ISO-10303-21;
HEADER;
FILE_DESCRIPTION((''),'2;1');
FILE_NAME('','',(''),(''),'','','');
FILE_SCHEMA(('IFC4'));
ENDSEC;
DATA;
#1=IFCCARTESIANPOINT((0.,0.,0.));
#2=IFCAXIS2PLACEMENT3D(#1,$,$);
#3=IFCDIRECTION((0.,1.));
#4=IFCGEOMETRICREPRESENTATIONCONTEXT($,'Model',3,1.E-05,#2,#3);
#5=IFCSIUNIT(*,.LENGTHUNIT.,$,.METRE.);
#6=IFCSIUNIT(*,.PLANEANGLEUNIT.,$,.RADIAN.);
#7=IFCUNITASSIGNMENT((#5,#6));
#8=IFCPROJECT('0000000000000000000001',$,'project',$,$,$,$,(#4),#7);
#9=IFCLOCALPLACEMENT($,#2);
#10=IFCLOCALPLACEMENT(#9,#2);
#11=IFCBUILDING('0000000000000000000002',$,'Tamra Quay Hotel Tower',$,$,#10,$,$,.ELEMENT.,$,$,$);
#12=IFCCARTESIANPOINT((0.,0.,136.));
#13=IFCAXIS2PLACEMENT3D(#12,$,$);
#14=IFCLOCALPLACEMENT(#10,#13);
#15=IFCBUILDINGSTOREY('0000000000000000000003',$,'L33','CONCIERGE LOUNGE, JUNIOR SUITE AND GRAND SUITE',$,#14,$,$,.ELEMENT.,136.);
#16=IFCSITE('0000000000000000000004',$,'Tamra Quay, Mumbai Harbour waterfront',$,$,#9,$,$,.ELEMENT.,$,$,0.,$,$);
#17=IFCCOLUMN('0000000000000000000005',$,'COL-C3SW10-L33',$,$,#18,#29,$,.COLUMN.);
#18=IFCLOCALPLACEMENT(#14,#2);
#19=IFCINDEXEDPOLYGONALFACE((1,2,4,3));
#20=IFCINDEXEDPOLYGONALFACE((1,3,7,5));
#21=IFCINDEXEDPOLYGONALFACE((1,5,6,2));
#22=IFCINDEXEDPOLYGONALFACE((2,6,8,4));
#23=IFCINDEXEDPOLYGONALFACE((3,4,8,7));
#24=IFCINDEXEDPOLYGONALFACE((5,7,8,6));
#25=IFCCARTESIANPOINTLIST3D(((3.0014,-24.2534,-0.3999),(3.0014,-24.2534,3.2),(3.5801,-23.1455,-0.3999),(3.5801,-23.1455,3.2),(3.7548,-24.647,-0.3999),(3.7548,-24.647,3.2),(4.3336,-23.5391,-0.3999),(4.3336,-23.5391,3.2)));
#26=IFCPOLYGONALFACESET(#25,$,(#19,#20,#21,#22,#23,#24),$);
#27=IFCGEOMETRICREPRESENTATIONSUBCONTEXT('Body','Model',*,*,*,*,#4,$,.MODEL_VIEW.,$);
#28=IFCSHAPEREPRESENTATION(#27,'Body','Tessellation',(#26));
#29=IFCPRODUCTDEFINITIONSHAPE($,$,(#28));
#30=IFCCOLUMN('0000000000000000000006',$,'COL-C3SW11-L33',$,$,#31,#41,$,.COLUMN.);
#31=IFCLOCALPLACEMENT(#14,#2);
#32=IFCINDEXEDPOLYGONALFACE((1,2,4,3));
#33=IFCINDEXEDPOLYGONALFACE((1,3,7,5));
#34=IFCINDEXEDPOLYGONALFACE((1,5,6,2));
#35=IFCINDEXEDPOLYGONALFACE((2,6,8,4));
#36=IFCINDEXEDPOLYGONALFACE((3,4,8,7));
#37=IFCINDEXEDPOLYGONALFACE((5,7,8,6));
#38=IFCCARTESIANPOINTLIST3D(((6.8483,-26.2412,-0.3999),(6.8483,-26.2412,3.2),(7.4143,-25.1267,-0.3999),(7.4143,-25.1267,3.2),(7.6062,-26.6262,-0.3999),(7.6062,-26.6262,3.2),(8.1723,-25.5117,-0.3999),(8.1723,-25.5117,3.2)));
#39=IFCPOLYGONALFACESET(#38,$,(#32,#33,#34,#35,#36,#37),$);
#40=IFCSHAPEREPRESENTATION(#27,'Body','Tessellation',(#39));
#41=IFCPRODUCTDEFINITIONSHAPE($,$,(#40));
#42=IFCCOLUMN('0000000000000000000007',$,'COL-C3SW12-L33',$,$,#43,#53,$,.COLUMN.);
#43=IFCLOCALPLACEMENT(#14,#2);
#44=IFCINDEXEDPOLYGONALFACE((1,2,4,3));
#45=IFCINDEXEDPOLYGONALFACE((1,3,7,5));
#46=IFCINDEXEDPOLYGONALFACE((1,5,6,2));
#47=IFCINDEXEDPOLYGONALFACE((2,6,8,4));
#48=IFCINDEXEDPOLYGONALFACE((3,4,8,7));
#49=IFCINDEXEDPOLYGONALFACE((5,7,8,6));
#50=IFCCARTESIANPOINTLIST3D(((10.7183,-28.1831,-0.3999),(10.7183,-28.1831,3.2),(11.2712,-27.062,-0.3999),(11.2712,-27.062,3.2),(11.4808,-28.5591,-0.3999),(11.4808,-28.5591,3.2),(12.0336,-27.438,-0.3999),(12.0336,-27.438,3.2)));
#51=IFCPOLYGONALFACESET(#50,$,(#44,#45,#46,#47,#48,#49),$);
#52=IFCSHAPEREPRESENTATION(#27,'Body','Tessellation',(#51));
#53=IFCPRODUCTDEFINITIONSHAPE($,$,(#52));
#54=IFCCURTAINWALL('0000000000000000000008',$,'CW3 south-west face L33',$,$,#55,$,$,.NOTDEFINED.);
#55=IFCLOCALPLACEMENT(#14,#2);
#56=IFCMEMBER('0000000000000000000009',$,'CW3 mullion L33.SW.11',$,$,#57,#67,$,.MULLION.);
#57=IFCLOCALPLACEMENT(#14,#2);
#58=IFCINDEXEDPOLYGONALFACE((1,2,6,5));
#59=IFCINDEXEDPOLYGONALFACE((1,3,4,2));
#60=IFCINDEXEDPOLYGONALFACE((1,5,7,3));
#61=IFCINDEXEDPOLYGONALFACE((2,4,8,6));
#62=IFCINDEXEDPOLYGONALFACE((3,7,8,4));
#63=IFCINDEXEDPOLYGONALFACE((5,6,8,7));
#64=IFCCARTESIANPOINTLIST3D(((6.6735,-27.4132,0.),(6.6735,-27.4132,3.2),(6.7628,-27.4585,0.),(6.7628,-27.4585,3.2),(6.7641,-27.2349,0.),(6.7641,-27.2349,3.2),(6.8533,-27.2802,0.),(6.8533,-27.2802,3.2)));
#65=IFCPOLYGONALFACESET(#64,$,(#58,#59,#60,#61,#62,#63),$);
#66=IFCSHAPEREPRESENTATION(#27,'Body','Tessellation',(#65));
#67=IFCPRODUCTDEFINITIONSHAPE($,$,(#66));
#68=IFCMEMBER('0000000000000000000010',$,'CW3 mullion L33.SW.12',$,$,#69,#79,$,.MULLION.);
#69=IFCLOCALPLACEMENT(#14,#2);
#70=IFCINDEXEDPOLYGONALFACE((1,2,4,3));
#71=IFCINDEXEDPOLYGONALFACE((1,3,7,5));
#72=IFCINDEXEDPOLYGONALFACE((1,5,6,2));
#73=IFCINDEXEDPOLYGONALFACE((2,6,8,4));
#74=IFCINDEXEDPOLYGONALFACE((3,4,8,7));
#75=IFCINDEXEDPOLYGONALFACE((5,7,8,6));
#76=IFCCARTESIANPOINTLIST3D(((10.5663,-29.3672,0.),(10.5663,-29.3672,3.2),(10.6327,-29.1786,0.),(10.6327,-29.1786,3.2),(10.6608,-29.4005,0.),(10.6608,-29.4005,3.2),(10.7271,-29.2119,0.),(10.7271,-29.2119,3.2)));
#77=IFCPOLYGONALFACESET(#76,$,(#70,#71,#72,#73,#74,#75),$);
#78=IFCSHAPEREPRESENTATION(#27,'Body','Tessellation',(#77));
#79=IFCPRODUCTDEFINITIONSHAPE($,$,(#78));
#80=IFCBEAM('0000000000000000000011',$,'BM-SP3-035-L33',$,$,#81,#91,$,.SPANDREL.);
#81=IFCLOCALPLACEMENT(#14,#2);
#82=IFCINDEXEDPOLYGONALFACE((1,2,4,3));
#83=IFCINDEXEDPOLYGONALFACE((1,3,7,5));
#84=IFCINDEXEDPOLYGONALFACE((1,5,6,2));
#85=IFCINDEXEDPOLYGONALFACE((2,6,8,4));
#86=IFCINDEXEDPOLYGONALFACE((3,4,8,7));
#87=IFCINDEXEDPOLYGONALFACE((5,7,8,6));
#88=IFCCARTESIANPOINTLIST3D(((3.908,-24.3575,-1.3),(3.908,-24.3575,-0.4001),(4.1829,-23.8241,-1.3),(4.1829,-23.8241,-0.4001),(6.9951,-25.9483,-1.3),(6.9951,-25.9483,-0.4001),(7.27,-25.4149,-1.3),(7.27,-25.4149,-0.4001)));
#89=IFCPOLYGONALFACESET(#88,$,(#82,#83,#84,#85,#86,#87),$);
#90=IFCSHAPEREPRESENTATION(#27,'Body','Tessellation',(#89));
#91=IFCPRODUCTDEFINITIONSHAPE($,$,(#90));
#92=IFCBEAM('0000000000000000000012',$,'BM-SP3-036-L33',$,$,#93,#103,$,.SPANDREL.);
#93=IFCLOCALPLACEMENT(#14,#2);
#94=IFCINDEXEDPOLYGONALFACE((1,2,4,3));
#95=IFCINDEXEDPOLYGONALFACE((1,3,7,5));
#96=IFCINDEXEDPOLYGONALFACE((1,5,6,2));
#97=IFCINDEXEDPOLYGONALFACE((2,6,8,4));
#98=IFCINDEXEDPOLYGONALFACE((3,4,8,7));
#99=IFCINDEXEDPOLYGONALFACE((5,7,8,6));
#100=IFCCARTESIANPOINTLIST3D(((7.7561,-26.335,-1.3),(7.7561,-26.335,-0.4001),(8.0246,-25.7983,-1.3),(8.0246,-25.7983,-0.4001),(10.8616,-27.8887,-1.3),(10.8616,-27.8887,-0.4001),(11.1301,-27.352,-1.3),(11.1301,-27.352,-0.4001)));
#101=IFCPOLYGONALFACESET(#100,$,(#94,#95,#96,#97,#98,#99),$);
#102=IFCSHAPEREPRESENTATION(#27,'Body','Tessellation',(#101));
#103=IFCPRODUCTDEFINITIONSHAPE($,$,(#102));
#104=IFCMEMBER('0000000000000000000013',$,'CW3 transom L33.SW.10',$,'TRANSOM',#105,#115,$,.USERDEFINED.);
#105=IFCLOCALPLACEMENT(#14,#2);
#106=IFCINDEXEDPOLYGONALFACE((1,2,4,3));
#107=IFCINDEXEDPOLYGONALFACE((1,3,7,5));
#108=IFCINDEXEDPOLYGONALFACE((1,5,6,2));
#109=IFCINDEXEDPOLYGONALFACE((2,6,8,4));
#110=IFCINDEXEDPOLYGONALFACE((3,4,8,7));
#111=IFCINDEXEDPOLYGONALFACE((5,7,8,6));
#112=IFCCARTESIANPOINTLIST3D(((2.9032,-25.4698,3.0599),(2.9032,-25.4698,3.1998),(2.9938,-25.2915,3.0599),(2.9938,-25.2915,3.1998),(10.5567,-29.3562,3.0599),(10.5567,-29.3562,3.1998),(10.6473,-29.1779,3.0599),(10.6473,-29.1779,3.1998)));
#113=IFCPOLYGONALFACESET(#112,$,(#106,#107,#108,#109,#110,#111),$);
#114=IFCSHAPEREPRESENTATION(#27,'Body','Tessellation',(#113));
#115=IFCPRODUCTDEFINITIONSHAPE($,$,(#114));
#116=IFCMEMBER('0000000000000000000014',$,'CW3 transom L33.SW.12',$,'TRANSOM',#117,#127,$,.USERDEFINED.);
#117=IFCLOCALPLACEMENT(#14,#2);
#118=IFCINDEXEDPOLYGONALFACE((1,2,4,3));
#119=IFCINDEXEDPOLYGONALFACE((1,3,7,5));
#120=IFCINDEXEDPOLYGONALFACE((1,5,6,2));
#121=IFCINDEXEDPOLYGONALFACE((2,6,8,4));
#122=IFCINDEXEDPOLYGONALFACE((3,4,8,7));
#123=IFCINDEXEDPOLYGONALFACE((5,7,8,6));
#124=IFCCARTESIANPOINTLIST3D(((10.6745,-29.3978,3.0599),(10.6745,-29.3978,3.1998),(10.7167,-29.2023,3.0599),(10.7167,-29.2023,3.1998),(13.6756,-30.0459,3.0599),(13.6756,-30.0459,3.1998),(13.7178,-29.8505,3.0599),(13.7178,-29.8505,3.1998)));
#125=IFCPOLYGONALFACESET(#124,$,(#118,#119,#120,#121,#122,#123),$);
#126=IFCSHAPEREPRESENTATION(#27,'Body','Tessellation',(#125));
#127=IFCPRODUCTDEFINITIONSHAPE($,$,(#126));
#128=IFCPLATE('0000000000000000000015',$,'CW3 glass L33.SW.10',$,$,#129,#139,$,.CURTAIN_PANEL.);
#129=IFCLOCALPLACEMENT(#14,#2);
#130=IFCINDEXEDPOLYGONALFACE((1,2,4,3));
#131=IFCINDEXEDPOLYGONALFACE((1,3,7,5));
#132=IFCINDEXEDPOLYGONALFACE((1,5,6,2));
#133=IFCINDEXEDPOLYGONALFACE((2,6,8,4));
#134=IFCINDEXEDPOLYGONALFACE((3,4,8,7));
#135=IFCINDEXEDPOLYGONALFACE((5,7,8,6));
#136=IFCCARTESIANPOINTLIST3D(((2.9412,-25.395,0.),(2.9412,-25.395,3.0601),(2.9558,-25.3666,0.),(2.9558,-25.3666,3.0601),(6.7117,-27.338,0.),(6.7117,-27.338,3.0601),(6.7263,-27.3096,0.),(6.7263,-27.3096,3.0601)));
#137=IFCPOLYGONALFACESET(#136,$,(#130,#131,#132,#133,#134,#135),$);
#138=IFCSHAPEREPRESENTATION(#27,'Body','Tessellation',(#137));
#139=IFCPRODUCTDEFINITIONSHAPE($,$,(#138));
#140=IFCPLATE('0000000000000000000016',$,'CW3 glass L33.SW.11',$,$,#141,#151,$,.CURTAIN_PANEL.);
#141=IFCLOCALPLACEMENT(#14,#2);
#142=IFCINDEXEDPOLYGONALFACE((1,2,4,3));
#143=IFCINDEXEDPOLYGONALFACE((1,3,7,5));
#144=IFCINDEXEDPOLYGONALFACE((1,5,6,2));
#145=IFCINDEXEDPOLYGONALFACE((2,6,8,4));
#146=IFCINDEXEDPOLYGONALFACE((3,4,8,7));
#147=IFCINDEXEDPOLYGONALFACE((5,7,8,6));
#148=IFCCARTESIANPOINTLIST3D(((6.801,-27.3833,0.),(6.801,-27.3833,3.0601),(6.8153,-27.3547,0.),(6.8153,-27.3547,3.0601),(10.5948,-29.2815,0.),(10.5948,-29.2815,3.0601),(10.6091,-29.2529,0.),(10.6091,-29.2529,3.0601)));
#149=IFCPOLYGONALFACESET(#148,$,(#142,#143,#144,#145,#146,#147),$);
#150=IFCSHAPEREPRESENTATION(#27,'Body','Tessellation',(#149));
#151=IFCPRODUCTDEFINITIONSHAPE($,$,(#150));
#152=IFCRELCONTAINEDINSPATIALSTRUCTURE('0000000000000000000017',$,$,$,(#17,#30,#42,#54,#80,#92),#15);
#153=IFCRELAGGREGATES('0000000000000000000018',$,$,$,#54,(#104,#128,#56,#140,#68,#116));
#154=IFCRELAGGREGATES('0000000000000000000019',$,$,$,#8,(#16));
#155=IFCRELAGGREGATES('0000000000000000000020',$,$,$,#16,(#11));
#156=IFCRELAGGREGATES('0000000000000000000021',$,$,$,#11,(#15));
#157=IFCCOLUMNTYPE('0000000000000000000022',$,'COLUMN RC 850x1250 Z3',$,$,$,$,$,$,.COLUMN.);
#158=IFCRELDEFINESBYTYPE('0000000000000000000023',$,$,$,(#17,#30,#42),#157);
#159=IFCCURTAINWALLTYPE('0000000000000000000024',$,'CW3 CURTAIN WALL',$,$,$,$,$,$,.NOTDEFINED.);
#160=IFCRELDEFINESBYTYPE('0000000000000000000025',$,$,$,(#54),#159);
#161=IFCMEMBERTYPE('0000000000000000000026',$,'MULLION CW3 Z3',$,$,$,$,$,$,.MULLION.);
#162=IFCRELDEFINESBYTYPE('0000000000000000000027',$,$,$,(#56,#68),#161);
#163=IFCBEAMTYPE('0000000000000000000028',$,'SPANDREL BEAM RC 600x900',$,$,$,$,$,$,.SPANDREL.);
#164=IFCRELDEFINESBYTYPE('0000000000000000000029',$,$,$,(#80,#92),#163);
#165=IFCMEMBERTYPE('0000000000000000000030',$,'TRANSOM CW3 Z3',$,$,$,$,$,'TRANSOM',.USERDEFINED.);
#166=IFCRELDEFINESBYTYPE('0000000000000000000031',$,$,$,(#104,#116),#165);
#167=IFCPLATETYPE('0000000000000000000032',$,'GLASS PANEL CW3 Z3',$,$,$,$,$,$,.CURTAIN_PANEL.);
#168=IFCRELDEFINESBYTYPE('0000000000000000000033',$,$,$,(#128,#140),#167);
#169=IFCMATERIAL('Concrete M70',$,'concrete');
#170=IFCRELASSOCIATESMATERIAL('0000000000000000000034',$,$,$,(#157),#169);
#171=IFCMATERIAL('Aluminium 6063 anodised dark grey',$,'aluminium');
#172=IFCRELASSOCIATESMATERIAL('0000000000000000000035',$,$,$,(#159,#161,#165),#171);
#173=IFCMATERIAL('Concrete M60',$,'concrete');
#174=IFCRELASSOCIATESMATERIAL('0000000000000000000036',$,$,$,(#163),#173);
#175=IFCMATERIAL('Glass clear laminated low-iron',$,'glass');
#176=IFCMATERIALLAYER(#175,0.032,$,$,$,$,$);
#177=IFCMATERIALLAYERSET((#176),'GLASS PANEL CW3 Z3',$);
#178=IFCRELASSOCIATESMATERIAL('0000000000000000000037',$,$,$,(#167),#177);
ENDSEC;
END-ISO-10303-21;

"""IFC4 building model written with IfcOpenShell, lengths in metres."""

from ifc_helpers import new_model, si_unit, direction, frame, origin, origin_2d, place, context, subcontext, project, spatial, rectangle, extrude, material, layer, layer_set, material_profile, profile_set, type_object, element, aggregate, save


model = new_model("IFC4")

# Units and contexts
model_context = context("Model", 3, precision=1e-05, world=origin(), true_north=direction((0.0, 1.0)))
body_context = subcontext(model_context, "Body", "Model", "MODEL_VIEW")
ifc_project = project(units=[si_unit("LENGTHUNIT", "METRE"), si_unit("PLANEANGLEUNIT", "RADIAN")], contexts=[model_context])

# Site, building, storey
site_placement = place(None, origin())
site = spatial("IfcSite", under=ifc_project, at=site_placement, Name="Tamra Quay, Mumbai Harbour waterfront", CompositionType="ELEMENT", RefElevation=0.0)
building_placement = place(site_placement, origin())
building = spatial("IfcBuilding", under=site, at=building_placement, Name="Tamra Quay Hotel Tower", CompositionType="ELEMENT")
storey_placement = place(building_placement, frame((0.0, 0.0, 136.0)))
storey = spatial("IfcBuildingStorey", under=building, at=storey_placement, Name="L33", Description="CONCIERGE LOUNGE, JUNIOR SUITE AND GRAND SUITE", CompositionType="ELEMENT", Elevation=136.0)

# Columns
ifc_material_1 = material(Name="Concrete M70", Category="concrete")
ifc_material_profile_1 = material_profile(ifc_material_1, rectangle(XDim=1.25, YDim=0.8501, at=origin_2d()), Name="COLUMN RC 850x1250 Z3")
ifc_profile_set_1 = profile_set([ifc_material_profile_1], Name="Concrete M70")
column_type = type_object("IfcColumnType", Name="COLUMN RC 850x1250 Z3", PredefinedType="COLUMN", material=ifc_profile_set_1)
for number, where, z_axis, x_axis, name in (
    (1, (3.6675, -23.8962, -0.3999), (0.0, 0.0, 1.0), (0.463007, 0.886355, 0.0), "COL-C3SW10-L33"),
    (2, (7.5103, -25.8765, -0.3999), (0.0, 0.0, 1.0), (0.45286, 0.891582, 0.0), "COL-C3SW11-L33"),
    (3, (11.376, -27.8105, -0.3999), (0.0, 0.0, 1.0), (0.442275, 0.89688, 0.0), "COL-C3SW12-L33"),
):
    element("IfcColumn", number, at=place(storey_placement, frame(where, z_axis=z_axis, x_axis=x_axis)), inside=storey, type_object=column_type, Name=name, PredefinedType="COLUMN", context=body_context, shape_type="SweptSolid", body=[
        extrude(rectangle(XDim=1.25, YDim=0.8501, at=origin_2d()), origin(), (0.0, 0.0, 1.0), 3.5999),
    ])

# Curtain wall, members
ifc_material_2 = material(Name="Aluminium 6063 anodised dark grey", Category="aluminium")
curtain_wall_type = type_object("IfcCurtainWallType", Name="CW3 CURTAIN WALL", PredefinedType="NOTDEFINED", material=ifc_material_2)
curtain_wall_placement = place(storey_placement, origin())
curtain_wall = element("IfcCurtainWall", 4, at=curtain_wall_placement, inside=storey, type_object=curtain_wall_type, Name="CW3 south-west face L33", PredefinedType="NOTDEFINED")
ifc_material_profile_2 = material_profile(ifc_material_2, rectangle(XDim=0.2, YDim=0.1001, at=origin_2d()), Name="MULLION 100X200")
ifc_profile_set_2 = profile_set([ifc_material_profile_2], Name="Aluminium 6063 anodised dark grey")
member_type_1 = type_object("IfcMemberType", Name="MULLION CW3 Z3", PredefinedType="MULLION", material=ifc_profile_set_2)
member_1_placement = place(storey_placement, frame((6.7634, -27.3467, 0.0), z_axis=(0.0, 0.0, 1.0), x_axis=(-0.452777, -0.891624, 0.0)))
member_1 = element("IfcMember", 5, at=member_1_placement, type_object=member_type_1, Name="CW3 mullion L33.SW.11", PredefinedType="MULLION", context=body_context, shape_type="SweptSolid", body=[
    extrude(rectangle(XDim=0.2, YDim=0.1001, at=origin_2d()), origin(), (0.0, 0.0, 1.0), 3.2),
])
member_2_placement = place(storey_placement, frame((10.6467, -29.2896, 0.0), z_axis=(0.0, 0.0, 1.0), x_axis=(-0.331894, -0.943317, 0.0)))
member_2 = element("IfcMember", 6, at=member_2_placement, type_object=member_type_1, Name="CW3 mullion L33.SW.12", PredefinedType="MULLION", context=body_context, shape_type="SweptSolid", body=[
    extrude(rectangle(XDim=0.2, YDim=0.1001, at=origin_2d()), origin(), (0.0, 0.0, 1.0), 3.2),
])

# Beams
ifc_material_3 = material(Name="Concrete M60", Category="concrete")
ifc_material_profile_3 = material_profile(ifc_material_3, rectangle(XDim=0.6001, YDim=0.8999, at=origin_2d()), Name="SPANDREL BEAM RC 600x900")
ifc_profile_set_3 = profile_set([ifc_material_profile_3], Name="Concrete M60")
beam_type = type_object("IfcBeamType", Name="SPANDREL BEAM RC 600x900", PredefinedType="SPANDREL", material=ifc_profile_set_3)
beam_1_placement = place(storey_placement, frame((4.0454, -24.0908, -0.8501), z_axis=(0.88892, -0.458063, 0.0), x_axis=(0.458063, 0.88892, 0.0)))
element("IfcBeam", 7, at=beam_1_placement, inside=storey, type_object=beam_type, Name="BM-SP3-035-L33", PredefinedType="SPANDREL", context=body_context, shape_type="SweptSolid", body=[
    extrude(rectangle(XDim=0.6001, YDim=0.8999, at=origin_2d()), origin(), (0.0, 0.0, 1.0), 3.4729),
])
beam_2_placement = place(storey_placement, frame((7.8904, -26.0667, -0.8501), z_axis=(0.894315, -0.447439, 0.0), x_axis=(0.447439, 0.894315, 0.0)))
element("IfcBeam", 8, at=beam_2_placement, inside=storey, type_object=beam_type, Name="BM-SP3-036-L33", PredefinedType="SPANDREL", context=body_context, shape_type="SweptSolid", body=[
    extrude(rectangle(XDim=0.6001, YDim=0.8999, at=origin_2d()), origin(), (0.0, 0.0, 1.0), 3.4724),
])

# Members
ifc_material_profile_4 = material_profile(ifc_material_2, rectangle(XDim=0.2, YDim=0.1399, at=origin_2d()), Name="TRANSOM 200X140")
ifc_profile_set_4 = profile_set([ifc_material_profile_4], Name="Aluminium 6063 anodised dark grey")
member_type_2 = type_object("IfcMemberType", Name="TRANSOM CW3 Z3", ElementType="TRANSOM", PredefinedType="USERDEFINED", material=ifc_profile_set_4)
member_3_placement = place(storey_placement, frame((2.9485, -25.3806, 3.1299), z_axis=(0.891628, -0.452768, 0.0), x_axis=(0.452768, 0.891628, 0.0)))
member_3 = element("IfcMember", 9, at=member_3_placement, type_object=member_type_2, Name="CW3 transom L33.SW.10", ObjectType="TRANSOM", PredefinedType="USERDEFINED", context=body_context, shape_type="SweptSolid", body=[
    extrude(rectangle(XDim=0.2, YDim=0.1399, at=origin_2d()), origin(), (0.0, 0.0, 1.0), 8.5837),
])
member_4_placement = place(storey_placement, frame((10.6956, -29.3, 3.1299), z_axis=(0.977463, -0.211109, 0.0), x_axis=(0.211109, 0.977463, 0.0)))
member_4 = element("IfcMember", 10, at=member_4_placement, type_object=member_type_2, Name="CW3 transom L33.SW.12", ObjectType="TRANSOM", PredefinedType="USERDEFINED", context=body_context, shape_type="SweptSolid", body=[
    extrude(rectangle(XDim=0.2, YDim=0.1399, at=origin_2d()), origin(), (0.0, 0.0, 1.0), 3.0703),
])

# Plates
ifc_material_4 = material(Name="Glass clear laminated low-iron", Category="glass")
ifc_layer = layer(ifc_material_4, 0.032)
ifc_layer_set = layer_set([ifc_layer], Name="GLASS PANEL CW3 Z3")
plate_type = type_object("IfcPlateType", Name="GLASS PANEL CW3 Z3", PredefinedType="CURTAIN_PANEL", material=ifc_layer_set)
plate_1_placement = place(storey_placement, frame((4.8337, -26.3523, 0.0), z_axis=(0.0, 0.0, 1.0), x_axis=(0.888911, -0.45808, 0.0)))
plate_1 = element("IfcPlate", 11, at=plate_1_placement, type_object=plate_type, Name="CW3 glass L33.SW.10", PredefinedType="CURTAIN_PANEL", context=body_context, shape_type="SweptSolid", body=[
    extrude(rectangle(XDim=4.2417, YDim=0.032, at=origin_2d()), origin(), (0.0, 0.0, 1.0), 3.0601),
])
plate_2_placement = place(storey_placement, frame((8.7051, -28.3181, 0.0), z_axis=(0.0, 0.0, 1.0), x_axis=(0.894305, -0.447459, 0.0)))
plate_2 = element("IfcPlate", 12, at=plate_2_placement, type_object=plate_type, Name="CW3 glass L33.SW.11", PredefinedType="CURTAIN_PANEL", context=body_context, shape_type="SweptSolid", body=[
    extrude(rectangle(XDim=4.2422, YDim=0.032, at=origin_2d()), origin(), (0.0, 0.0, 1.0), 3.0601),
])
aggregate(curtain_wall, [member_3, plate_1, member_1, plate_2, member_2, member_4])

save(model, "model.ifc")
